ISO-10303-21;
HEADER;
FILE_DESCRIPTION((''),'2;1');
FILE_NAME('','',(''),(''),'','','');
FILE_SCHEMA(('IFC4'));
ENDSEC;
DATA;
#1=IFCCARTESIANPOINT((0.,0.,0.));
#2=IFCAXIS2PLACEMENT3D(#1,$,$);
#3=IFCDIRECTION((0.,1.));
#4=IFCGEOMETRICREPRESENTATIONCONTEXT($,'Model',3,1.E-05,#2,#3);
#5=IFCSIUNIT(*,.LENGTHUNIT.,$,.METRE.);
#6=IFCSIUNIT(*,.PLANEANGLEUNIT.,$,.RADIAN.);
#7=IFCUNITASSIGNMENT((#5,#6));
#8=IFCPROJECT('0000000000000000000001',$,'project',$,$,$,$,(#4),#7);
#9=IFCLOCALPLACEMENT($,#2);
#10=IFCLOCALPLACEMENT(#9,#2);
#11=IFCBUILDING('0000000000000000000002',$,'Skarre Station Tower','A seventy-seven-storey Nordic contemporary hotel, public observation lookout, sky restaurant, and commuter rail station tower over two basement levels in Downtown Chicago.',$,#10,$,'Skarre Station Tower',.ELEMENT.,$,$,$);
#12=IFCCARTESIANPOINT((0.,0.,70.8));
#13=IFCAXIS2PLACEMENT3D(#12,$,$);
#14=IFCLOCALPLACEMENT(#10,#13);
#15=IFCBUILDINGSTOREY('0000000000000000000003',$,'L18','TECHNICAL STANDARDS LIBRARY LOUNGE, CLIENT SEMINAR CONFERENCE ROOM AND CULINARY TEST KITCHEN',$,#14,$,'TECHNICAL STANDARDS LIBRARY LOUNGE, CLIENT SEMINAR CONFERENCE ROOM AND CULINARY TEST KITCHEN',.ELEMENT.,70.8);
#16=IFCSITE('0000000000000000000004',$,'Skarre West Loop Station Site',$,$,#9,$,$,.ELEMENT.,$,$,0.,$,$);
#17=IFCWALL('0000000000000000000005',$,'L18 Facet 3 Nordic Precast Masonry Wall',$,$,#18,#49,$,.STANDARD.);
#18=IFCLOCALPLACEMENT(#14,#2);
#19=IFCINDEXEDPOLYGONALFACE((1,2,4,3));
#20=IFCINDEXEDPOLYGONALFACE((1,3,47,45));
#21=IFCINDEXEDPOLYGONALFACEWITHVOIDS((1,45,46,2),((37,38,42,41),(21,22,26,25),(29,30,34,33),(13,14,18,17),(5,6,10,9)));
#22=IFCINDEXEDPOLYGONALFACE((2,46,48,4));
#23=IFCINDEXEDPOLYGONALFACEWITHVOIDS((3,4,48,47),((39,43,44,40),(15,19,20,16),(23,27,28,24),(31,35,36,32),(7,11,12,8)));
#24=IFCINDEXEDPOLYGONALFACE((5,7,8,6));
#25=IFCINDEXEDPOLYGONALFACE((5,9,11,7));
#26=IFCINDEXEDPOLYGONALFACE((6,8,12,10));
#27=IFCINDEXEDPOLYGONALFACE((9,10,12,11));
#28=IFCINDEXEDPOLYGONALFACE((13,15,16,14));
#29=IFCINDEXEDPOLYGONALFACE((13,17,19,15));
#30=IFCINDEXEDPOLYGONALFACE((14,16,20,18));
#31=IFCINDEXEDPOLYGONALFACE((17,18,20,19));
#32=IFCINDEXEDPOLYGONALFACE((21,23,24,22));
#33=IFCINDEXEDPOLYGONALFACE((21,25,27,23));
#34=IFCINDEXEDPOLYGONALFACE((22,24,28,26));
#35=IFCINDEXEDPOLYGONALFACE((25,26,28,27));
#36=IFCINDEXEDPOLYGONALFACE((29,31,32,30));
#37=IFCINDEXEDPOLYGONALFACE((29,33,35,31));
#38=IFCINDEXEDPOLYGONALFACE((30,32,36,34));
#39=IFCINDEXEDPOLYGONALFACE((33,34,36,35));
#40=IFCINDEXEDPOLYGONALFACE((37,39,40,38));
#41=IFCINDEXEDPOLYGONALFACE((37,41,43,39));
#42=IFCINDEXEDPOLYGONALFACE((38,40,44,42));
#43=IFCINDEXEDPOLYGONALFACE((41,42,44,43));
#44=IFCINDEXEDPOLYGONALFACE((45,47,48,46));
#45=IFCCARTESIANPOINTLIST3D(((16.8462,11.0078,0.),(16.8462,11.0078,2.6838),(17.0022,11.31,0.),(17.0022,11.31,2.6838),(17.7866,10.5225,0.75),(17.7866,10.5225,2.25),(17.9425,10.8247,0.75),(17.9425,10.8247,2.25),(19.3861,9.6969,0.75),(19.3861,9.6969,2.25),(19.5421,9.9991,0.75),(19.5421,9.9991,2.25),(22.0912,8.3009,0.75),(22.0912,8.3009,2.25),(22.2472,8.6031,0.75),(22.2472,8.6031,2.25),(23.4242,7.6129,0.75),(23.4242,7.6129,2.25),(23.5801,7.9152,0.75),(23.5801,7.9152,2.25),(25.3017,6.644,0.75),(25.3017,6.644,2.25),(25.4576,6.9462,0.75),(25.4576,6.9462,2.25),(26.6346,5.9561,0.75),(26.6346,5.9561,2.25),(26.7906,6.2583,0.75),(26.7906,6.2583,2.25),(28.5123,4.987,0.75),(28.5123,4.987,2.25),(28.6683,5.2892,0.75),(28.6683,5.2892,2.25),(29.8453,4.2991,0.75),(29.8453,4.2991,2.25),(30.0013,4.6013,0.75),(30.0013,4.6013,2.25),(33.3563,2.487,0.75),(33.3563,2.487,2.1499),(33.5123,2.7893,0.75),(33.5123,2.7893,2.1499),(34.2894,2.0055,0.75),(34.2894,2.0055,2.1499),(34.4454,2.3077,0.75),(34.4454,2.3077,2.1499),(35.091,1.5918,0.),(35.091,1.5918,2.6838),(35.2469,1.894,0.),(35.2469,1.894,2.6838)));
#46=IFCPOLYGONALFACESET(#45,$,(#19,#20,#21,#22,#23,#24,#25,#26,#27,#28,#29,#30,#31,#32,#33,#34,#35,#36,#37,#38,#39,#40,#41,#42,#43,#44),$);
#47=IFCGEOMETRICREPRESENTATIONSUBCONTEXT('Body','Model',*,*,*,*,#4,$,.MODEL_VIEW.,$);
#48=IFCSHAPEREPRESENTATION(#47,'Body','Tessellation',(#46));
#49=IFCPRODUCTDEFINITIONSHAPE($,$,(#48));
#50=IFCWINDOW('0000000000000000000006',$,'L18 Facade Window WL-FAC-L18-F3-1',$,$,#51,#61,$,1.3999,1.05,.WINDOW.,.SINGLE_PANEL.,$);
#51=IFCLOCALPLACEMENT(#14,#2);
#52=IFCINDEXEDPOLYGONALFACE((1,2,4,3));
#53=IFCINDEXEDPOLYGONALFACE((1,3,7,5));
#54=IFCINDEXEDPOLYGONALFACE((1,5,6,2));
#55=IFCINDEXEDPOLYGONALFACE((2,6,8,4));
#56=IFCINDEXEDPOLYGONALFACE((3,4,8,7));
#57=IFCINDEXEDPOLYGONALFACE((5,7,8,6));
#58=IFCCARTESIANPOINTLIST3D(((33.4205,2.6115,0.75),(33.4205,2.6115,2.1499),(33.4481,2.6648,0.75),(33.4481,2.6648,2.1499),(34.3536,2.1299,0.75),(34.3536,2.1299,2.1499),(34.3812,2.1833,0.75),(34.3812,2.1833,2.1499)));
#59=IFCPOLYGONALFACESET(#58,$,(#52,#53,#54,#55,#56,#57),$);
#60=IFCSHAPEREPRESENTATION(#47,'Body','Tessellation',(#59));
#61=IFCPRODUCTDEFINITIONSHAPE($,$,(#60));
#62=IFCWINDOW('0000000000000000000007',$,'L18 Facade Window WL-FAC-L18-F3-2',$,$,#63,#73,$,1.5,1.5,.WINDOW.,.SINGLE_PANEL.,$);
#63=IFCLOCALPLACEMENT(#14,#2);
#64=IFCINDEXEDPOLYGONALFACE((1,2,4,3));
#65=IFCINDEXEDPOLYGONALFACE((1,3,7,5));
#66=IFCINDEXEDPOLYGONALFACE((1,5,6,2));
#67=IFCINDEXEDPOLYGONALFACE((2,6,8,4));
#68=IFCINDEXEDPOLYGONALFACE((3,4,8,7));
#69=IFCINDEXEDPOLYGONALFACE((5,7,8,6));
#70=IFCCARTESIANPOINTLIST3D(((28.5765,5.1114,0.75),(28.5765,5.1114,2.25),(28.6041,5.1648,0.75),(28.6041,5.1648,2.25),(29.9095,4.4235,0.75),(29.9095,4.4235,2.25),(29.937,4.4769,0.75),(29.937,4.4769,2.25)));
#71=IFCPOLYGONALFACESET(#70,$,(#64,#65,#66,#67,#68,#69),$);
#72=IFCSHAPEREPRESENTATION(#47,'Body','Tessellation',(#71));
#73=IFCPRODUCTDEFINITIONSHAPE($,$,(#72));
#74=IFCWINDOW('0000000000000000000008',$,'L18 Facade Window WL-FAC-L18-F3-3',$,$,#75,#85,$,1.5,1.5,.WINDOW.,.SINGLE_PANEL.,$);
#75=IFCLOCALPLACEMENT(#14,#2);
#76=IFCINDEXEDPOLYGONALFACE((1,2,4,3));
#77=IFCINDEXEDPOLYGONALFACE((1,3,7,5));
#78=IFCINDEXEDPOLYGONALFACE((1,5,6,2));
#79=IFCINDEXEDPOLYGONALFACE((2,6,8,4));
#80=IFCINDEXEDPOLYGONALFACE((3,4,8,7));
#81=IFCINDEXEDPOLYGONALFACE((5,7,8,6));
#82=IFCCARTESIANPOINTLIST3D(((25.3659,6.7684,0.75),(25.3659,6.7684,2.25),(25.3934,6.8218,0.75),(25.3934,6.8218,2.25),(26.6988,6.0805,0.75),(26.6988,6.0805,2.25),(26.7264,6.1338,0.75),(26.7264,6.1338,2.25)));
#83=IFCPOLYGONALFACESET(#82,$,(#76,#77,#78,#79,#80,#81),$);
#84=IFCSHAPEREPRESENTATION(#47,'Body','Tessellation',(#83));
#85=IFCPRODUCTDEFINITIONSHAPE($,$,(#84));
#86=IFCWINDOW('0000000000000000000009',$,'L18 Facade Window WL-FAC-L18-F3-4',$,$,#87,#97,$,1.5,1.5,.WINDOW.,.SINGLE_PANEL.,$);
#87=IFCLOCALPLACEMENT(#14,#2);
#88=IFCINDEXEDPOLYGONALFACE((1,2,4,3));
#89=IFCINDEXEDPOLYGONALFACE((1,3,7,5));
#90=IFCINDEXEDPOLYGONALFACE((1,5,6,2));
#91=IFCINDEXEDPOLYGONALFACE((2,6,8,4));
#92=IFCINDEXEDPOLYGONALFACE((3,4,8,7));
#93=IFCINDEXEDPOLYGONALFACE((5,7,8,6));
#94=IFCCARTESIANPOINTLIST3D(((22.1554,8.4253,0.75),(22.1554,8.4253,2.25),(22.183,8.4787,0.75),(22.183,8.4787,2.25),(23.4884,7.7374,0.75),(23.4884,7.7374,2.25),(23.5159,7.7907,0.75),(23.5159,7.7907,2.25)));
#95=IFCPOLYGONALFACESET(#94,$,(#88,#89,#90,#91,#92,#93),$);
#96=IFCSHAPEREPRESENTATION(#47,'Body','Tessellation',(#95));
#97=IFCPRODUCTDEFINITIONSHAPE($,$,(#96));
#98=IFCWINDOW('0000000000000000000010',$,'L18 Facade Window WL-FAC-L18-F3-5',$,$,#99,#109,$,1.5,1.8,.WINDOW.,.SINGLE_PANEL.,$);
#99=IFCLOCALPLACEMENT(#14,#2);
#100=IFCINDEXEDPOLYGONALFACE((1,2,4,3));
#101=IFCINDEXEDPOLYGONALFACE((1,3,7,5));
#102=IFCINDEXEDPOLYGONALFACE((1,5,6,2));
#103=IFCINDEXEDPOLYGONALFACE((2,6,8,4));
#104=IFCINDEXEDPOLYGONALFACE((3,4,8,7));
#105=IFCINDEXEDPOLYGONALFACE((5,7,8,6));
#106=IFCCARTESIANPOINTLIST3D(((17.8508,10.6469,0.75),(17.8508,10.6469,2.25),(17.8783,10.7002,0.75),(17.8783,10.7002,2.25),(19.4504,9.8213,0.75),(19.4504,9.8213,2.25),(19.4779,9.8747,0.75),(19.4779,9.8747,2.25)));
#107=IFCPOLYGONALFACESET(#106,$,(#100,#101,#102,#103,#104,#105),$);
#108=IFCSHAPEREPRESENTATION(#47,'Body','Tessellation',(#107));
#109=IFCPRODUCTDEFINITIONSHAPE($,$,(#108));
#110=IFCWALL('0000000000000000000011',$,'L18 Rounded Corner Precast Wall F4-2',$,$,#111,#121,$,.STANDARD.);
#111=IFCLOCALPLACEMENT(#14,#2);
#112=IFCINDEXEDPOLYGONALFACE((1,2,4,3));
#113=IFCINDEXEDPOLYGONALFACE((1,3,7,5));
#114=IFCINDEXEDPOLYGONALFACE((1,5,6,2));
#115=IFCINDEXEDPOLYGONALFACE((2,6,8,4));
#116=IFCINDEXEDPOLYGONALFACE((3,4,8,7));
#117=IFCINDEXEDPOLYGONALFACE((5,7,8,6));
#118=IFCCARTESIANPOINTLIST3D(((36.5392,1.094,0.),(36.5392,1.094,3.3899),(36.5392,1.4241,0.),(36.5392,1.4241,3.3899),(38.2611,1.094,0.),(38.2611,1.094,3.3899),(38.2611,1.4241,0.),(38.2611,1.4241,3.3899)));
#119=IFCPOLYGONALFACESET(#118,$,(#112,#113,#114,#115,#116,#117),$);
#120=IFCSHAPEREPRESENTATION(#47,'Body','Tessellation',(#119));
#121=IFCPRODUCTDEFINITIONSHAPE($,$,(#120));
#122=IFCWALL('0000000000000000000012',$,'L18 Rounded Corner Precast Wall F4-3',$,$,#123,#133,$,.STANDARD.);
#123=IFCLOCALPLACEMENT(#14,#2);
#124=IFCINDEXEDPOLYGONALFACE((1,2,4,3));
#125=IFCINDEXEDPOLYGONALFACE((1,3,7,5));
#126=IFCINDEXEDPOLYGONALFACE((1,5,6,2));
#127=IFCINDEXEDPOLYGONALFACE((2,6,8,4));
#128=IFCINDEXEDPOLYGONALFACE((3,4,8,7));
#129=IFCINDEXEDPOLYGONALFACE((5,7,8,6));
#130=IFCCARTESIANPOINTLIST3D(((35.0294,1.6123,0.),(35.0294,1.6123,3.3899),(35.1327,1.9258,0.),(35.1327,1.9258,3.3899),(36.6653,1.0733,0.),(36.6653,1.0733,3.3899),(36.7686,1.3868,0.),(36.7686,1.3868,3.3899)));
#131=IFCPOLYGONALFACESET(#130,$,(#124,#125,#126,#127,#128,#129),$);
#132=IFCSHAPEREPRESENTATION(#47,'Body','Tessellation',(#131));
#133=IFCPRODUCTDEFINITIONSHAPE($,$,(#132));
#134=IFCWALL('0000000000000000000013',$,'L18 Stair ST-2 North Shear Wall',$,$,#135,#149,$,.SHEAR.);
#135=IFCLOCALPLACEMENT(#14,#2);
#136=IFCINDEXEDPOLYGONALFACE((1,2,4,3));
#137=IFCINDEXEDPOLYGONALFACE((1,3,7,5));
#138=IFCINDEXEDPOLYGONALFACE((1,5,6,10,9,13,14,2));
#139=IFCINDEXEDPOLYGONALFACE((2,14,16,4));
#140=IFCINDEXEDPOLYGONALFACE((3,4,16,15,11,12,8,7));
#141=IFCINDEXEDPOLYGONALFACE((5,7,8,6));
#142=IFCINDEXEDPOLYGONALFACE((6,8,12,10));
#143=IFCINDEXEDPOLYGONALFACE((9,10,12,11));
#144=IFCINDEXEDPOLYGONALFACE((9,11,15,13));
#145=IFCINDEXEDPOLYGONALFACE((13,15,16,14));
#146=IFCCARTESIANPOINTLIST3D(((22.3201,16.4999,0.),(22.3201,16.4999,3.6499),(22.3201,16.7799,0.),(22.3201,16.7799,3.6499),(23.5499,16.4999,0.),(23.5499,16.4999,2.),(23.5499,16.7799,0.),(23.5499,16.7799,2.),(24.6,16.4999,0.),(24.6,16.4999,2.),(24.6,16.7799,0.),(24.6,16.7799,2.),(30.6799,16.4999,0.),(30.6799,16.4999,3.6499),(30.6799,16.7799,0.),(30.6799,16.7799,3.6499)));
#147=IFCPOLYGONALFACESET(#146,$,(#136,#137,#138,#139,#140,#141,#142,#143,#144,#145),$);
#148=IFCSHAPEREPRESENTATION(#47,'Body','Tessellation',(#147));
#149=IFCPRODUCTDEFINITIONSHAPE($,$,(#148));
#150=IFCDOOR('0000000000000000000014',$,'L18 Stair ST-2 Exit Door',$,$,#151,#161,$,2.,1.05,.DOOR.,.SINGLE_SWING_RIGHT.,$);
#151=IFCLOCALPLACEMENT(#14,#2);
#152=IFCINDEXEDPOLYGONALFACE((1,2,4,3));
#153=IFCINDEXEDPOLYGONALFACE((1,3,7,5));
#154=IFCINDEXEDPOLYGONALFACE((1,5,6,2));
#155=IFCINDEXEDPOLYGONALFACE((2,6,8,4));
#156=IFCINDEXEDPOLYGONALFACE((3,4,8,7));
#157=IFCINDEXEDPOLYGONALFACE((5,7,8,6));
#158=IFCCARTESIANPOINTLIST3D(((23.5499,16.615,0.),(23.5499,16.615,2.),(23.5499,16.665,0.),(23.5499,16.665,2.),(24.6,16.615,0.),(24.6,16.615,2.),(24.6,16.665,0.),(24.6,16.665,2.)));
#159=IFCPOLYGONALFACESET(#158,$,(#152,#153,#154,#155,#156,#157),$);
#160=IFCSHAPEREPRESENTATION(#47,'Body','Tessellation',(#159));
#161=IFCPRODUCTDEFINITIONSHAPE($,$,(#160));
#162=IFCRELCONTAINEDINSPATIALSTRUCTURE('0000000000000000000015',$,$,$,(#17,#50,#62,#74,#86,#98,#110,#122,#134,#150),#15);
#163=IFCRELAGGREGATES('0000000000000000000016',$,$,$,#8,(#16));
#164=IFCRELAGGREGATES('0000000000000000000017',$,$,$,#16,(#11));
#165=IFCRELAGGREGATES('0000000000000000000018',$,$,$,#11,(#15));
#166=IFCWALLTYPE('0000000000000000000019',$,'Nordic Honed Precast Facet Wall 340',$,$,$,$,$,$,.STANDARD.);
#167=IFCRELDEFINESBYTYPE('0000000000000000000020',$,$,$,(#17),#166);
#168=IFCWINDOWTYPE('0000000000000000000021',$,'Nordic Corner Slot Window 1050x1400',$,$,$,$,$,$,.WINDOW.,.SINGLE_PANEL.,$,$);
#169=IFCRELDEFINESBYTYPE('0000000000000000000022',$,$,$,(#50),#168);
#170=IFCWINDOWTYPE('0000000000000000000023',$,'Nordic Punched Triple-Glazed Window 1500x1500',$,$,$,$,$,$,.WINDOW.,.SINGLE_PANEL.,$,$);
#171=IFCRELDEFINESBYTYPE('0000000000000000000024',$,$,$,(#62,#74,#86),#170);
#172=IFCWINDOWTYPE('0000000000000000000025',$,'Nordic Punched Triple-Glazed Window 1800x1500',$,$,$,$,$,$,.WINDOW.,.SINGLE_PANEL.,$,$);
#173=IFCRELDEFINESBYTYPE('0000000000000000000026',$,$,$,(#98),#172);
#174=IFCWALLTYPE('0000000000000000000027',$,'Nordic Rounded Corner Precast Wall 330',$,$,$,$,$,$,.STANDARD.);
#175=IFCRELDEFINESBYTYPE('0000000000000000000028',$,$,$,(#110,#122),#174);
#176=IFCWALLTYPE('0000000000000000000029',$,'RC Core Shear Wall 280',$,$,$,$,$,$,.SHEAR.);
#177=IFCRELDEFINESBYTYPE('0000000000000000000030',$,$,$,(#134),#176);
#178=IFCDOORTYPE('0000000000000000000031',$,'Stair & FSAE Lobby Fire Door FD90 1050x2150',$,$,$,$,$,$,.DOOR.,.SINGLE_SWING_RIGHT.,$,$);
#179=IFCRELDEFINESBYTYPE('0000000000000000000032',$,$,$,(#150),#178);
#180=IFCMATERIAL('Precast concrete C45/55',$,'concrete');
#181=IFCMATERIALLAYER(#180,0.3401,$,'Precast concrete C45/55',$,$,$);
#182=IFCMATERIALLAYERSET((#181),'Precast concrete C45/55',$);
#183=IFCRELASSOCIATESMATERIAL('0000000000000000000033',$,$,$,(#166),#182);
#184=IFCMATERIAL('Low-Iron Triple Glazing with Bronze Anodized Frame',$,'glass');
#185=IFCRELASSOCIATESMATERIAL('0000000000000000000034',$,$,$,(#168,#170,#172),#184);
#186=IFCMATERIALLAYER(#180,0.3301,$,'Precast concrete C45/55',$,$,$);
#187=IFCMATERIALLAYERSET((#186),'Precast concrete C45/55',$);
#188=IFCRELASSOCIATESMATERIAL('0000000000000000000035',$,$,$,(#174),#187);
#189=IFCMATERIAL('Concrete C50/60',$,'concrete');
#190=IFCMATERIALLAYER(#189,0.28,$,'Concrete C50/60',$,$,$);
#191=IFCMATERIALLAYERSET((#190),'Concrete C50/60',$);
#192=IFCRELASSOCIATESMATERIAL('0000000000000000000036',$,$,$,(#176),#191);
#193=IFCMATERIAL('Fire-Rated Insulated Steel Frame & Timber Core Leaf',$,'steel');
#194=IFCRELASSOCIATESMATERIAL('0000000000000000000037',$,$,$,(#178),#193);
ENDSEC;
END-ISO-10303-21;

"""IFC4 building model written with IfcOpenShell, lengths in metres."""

from ifc_helpers import new_model, si_unit, direction, frame, frame_2d, origin, place, context, subcontext, project, spatial, rectangle, extrude, material, layer, layer_set, type_object, element, fill, save


model = new_model("IFC4")

# Units and contexts
model_context = context("Model", 3, precision=1e-05, world=origin(), true_north=direction((0.0, 1.0)))
body_context = subcontext(model_context, "Body", "Model", "MODEL_VIEW")
ifc_project = project(units=[si_unit("LENGTHUNIT", "METRE"), si_unit("PLANEANGLEUNIT", "RADIAN")], contexts=[model_context])

# Site, building, storey
site_placement = place(None, origin())
site = spatial("IfcSite", under=ifc_project, at=site_placement, Name="Skarre West Loop Station Site", CompositionType="ELEMENT", RefElevation=0.0)
building_placement = place(site_placement, origin())
building = spatial("IfcBuilding", under=site, at=building_placement, Name="Skarre Station Tower", Description="A seventy-seven-storey Nordic contemporary hotel, public observation lookout, sky restaurant, and commuter rail station tower over two basement levels in Downtown Chicago.", LongName="Skarre Station Tower", CompositionType="ELEMENT")
storey_placement = place(building_placement, frame((0.0, 0.0, 70.8)))
storey = spatial("IfcBuildingStorey", under=building, at=storey_placement, Name="L18", Description="TECHNICAL STANDARDS LIBRARY LOUNGE, CLIENT SEMINAR CONFERENCE ROOM AND CULINARY TEST KITCHEN", LongName="TECHNICAL STANDARDS LIBRARY LOUNGE, CLIENT SEMINAR CONFERENCE ROOM AND CULINARY TEST KITCHEN", CompositionType="ELEMENT", Elevation=70.8)

# Wall, openings, windows
ifc_material_1 = material(Name="Precast concrete C45/55", Category="concrete")
ifc_layer_1 = layer(ifc_material_1, 0.3401, Name="Precast concrete C45/55")
ifc_layer_set_1 = layer_set([ifc_layer_1], Name="Precast concrete C45/55")
wall_type_1 = type_object("IfcWallType", Name="Nordic Honed Precast Facet Wall 340", PredefinedType="STANDARD", material=ifc_layer_set_1)
wall_1_placement = place(storey_placement, frame((35.1689, 1.7429, 0.0), z_axis=(0.0, 0.0, 1.0), x_axis=(-0.888634, 0.458616, 0.0)))
wall_1 = element("IfcWall", 1, at=wall_1_placement, inside=storey, type_object=wall_type_1, Name="L18 Facet 3 Nordic Precast Masonry Wall", PredefinedType="STANDARD", context=body_context, shape_type="SweptSolid", body=[
    extrude(rectangle(XDim=20.5312, YDim=0.3401, at=frame_2d((10.2656, 0.0))), origin(), (0.0, 0.0, 1.0), 2.6838),
])
opening_1_placement = place(wall_1_placement, frame((0.9021, 0.0, 0.75)))
opening_1 = element("IfcOpeningElement", 2, at=opening_1_placement, cuts=wall_1, PredefinedType="OPENING", context=body_context, shape_type="SweptSolid", body=[
    extrude(rectangle(XDim=1.05, YDim=1.3999, at=frame_2d((0.5249, 0.7))), frame((0.0, 0.1799, 0.0), z_axis=(0.0, -1.0, 0.0), x_axis=(1.0, 0.0, 0.0)), (0.0, 0.0, 1.0), 0.3601),
])
opening_2_placement = place(wall_1_placement, frame((5.9031, 0.0, 0.75)))
opening_2 = element("IfcOpeningElement", 3, at=opening_2_placement, cuts=wall_1, PredefinedType="OPENING", context=body_context, shape_type="SweptSolid", body=[
    extrude(rectangle(XDim=1.5, YDim=1.5, at=frame_2d((0.75, 0.75))), frame((0.0, 0.1799, 0.0), z_axis=(0.0, -1.0, 0.0), x_axis=(1.0, 0.0, 0.0)), (0.0, 0.0, 1.0), 0.3601),
])
opening_3_placement = place(wall_1_placement, frame((9.5161, 0.0, 0.75)))
opening_3 = element("IfcOpeningElement", 4, at=opening_3_placement, cuts=wall_1, PredefinedType="OPENING", context=body_context, shape_type="SweptSolid", body=[
    extrude(rectangle(XDim=1.5, YDim=1.5, at=frame_2d((0.75, 0.75))), frame((0.0, 0.1799, 0.0), z_axis=(0.0, -1.0, 0.0), x_axis=(1.0, 0.0, 0.0)), (0.0, 0.0, 1.0), 0.3601),
])
opening_4_placement = place(wall_1_placement, frame((13.1289, 0.0, 0.75)))
opening_4 = element("IfcOpeningElement", 5, at=opening_4_placement, cuts=wall_1, PredefinedType="OPENING", context=body_context, shape_type="SweptSolid", body=[
    extrude(rectangle(XDim=1.5, YDim=1.5, at=frame_2d((0.75, 0.75))), frame((0.0, 0.1799, 0.0), z_axis=(0.0, -1.0, 0.0), x_axis=(1.0, 0.0, 0.0)), (0.0, 0.0, 1.0), 0.3601),
])
opening_5_placement = place(wall_1_placement, frame((17.6731, 0.0, 0.75)))
opening_5 = element("IfcOpeningElement", 6, at=opening_5_placement, cuts=wall_1, PredefinedType="OPENING", context=body_context, shape_type="SweptSolid", body=[
    extrude(rectangle(XDim=1.8, YDim=1.5, at=frame_2d((0.8999, 0.75))), frame((0.0, 0.1799, 0.0), z_axis=(0.0, -1.0, 0.0), x_axis=(1.0, 0.0, 0.0)), (0.0, 0.0, 1.0), 0.3601),
])
ifc_material_2 = material(Name="Low-Iron Triple Glazing with Bronze Anodized Frame", Category="glass")
window_type_1 = type_object("IfcWindowType", Name="Nordic Corner Slot Window 1050x1400", PartitioningType="SINGLE_PANEL", PredefinedType="WINDOW", material=ifc_material_2)
window_1_placement = place(opening_1_placement, origin())
window_1 = element("IfcWindow", 7, at=window_1_placement, inside=storey, type_object=window_type_1, Name="L18 Facade Window WL-FAC-L18-F3-1", OverallHeight=1.3999, OverallWidth=1.05, PartitioningType="SINGLE_PANEL", PredefinedType="WINDOW", context=body_context, shape_type="SweptSolid", body=[
    extrude(rectangle(XDim=1.05, YDim=1.3999, at=frame_2d((0.5249, 0.7))), frame((0.0, 0.03, 0.0), z_axis=(0.0, -1.0, 0.0), x_axis=(1.0, 0.0, 0.0)), (0.0, 0.0, 1.0), 0.0601),
])
fill(opening_1, window_1)
window_type_2 = type_object("IfcWindowType", Name="Nordic Punched Triple-Glazed Window 1500x1500", PartitioningType="SINGLE_PANEL", PredefinedType="WINDOW", material=ifc_material_2)
window_2_placement = place(opening_2_placement, origin())
window_2 = element("IfcWindow", 8, at=window_2_placement, inside=storey, type_object=window_type_2, Name="L18 Facade Window WL-FAC-L18-F3-2", OverallHeight=1.5, OverallWidth=1.5, PartitioningType="SINGLE_PANEL", PredefinedType="WINDOW", context=body_context, shape_type="SweptSolid", body=[
    extrude(rectangle(XDim=1.5, YDim=1.5, at=frame_2d((0.75, 0.75))), frame((0.0, 0.03, 0.0), z_axis=(0.0, -1.0, 0.0), x_axis=(1.0, 0.0, 0.0)), (0.0, 0.0, 1.0), 0.0601),
])
fill(opening_2, window_2)
window_3_placement = place(opening_3_placement, origin())
window_3 = element("IfcWindow", 9, at=window_3_placement, inside=storey, type_object=window_type_2, Name="L18 Facade Window WL-FAC-L18-F3-3", OverallHeight=1.5, OverallWidth=1.5, PartitioningType="SINGLE_PANEL", PredefinedType="WINDOW", context=body_context, shape_type="SweptSolid", body=[
    extrude(rectangle(XDim=1.5, YDim=1.5, at=frame_2d((0.75, 0.75))), frame((0.0, 0.03, 0.0), z_axis=(0.0, -1.0, 0.0), x_axis=(1.0, 0.0, 0.0)), (0.0, 0.0, 1.0), 0.0601),
])
fill(opening_3, window_3)
window_4_placement = place(opening_4_placement, origin())
window_4 = element("IfcWindow", 10, at=window_4_placement, inside=storey, type_object=window_type_2, Name="L18 Facade Window WL-FAC-L18-F3-4", OverallHeight=1.5, OverallWidth=1.5, PartitioningType="SINGLE_PANEL", PredefinedType="WINDOW", context=body_context, shape_type="SweptSolid", body=[
    extrude(rectangle(XDim=1.5, YDim=1.5, at=frame_2d((0.75, 0.75))), frame((0.0, 0.03, 0.0), z_axis=(0.0, -1.0, 0.0), x_axis=(1.0, 0.0, 0.0)), (0.0, 0.0, 1.0), 0.0601),
])
fill(opening_4, window_4)
window_type_3 = type_object("IfcWindowType", Name="Nordic Punched Triple-Glazed Window 1800x1500", PartitioningType="SINGLE_PANEL", PredefinedType="WINDOW", material=ifc_material_2)
window_5_placement = place(opening_5_placement, origin())
window_5 = element("IfcWindow", 11, at=window_5_placement, inside=storey, type_object=window_type_3, Name="L18 Facade Window WL-FAC-L18-F3-5", OverallHeight=1.5, OverallWidth=1.8, PartitioningType="SINGLE_PANEL", PredefinedType="WINDOW", context=body_context, shape_type="SweptSolid", body=[
    extrude(rectangle(XDim=1.8, YDim=1.5, at=frame_2d((0.8999, 0.75))), frame((0.0, 0.03, 0.0), z_axis=(0.0, -1.0, 0.0), x_axis=(1.0, 0.0, 0.0)), (0.0, 0.0, 1.0), 0.0601),
])
fill(opening_5, window_5)

# Walls
ifc_layer_2 = layer(ifc_material_1, 0.3301, Name="Precast concrete C45/55")
ifc_layer_set_2 = layer_set([ifc_layer_2], Name="Precast concrete C45/55")
wall_type_2 = type_object("IfcWallType", Name="Nordic Rounded Corner Precast Wall 330", PredefinedType="STANDARD", material=ifc_layer_set_2)
wall_2_placement = place(storey_placement, frame((38.261, 1.259, 0.0), z_axis=(0.0, 0.0, 1.0), x_axis=(-1.0, 0.0, 0.0)))
element("IfcWall", 12, at=wall_2_placement, inside=storey, type_object=wall_type_2, Name="L18 Rounded Corner Precast Wall F4-2", PredefinedType="STANDARD", context=body_context, shape_type="SweptSolid", body=[
    extrude(rectangle(XDim=1.7219, YDim=0.3301, at=frame_2d((0.8608, 0.0))), origin(), (0.0, 0.0, 1.0), 3.3899),
])
wall_3_placement = place(storey_placement, frame((36.717, 1.23, 0.0), z_axis=(0.0, 0.0, 1.0), x_axis=(-0.949769, 0.312952, 0.0)))
element("IfcWall", 13, at=wall_3_placement, inside=storey, type_object=wall_type_2, Name="L18 Rounded Corner Precast Wall F4-3", PredefinedType="STANDARD", context=body_context, shape_type="SweptSolid", body=[
    extrude(rectangle(XDim=1.7224, YDim=0.3301, at=frame_2d((0.8613, 0.0))), origin(), (0.0, 0.0, 1.0), 3.3899),
])

# Wall, opening, door
ifc_material_3 = material(Name="Concrete C50/60", Category="concrete")
ifc_layer_3 = layer(ifc_material_3, 0.28, Name="Concrete C50/60")
ifc_layer_set_3 = layer_set([ifc_layer_3], Name="Concrete C50/60")
wall_type_3 = type_object("IfcWallType", Name="RC Core Shear Wall 280", PredefinedType="SHEAR", material=ifc_layer_set_3)
wall_4_placement = place(storey_placement, frame((30.6799, 16.6399, 0.0), z_axis=(0.0, 0.0, 1.0), x_axis=(-1.0, 0.0, 0.0)))
wall_4 = element("IfcWall", 14, at=wall_4_placement, inside=storey, type_object=wall_type_3, Name="L18 Stair ST-2 North Shear Wall", PredefinedType="SHEAR", context=body_context, shape_type="SweptSolid", body=[
    extrude(rectangle(XDim=8.3599, YDim=0.28, at=frame_2d((4.1799, 0.0))), origin(), (0.0, 0.0, 1.0), 3.6499),
])
opening_6_placement = place(wall_4_placement, frame((6.0801, 0.0, 0.0)))
opening_6 = element("IfcOpeningElement", 15, at=opening_6_placement, cuts=wall_4, PredefinedType="OPENING", context=body_context, shape_type="SweptSolid", body=[
    extrude(rectangle(XDim=1.05, YDim=2.0, at=frame_2d((0.5249, 1.0))), frame((0.0, 0.1499, 0.0), z_axis=(0.0, -1.0, 0.0), x_axis=(1.0, 0.0, 0.0)), (0.0, 0.0, 1.0), 0.3),
])
ifc_material_4 = material(Name="Fire-Rated Insulated Steel Frame & Timber Core Leaf", Category="steel")
door_type_1 = type_object("IfcDoorType", Name="Stair & FSAE Lobby Fire Door FD90 1050x2150", OperationType="SINGLE_SWING_RIGHT", PredefinedType="DOOR", material=ifc_material_4)
door_1_placement = place(opening_6_placement, origin())
door_1 = element("IfcDoor", 16, at=door_1_placement, inside=storey, type_object=door_type_1, Name="L18 Stair ST-2 Exit Door", OperationType="SINGLE_SWING_RIGHT", OverallHeight=2.0, OverallWidth=1.05, PredefinedType="DOOR", context=body_context, shape_type="SweptSolid", body=[
    extrude(rectangle(XDim=1.05, YDim=2.0, at=frame_2d((0.5249, 1.0))), frame((0.0, 0.0249, 0.0), z_axis=(0.0, -1.0, 0.0), x_axis=(1.0, 0.0, 0.0)), (0.0, 0.0, 1.0), 0.05),
])
fill(opening_6, door_1)

save(model, "model.ifc")
